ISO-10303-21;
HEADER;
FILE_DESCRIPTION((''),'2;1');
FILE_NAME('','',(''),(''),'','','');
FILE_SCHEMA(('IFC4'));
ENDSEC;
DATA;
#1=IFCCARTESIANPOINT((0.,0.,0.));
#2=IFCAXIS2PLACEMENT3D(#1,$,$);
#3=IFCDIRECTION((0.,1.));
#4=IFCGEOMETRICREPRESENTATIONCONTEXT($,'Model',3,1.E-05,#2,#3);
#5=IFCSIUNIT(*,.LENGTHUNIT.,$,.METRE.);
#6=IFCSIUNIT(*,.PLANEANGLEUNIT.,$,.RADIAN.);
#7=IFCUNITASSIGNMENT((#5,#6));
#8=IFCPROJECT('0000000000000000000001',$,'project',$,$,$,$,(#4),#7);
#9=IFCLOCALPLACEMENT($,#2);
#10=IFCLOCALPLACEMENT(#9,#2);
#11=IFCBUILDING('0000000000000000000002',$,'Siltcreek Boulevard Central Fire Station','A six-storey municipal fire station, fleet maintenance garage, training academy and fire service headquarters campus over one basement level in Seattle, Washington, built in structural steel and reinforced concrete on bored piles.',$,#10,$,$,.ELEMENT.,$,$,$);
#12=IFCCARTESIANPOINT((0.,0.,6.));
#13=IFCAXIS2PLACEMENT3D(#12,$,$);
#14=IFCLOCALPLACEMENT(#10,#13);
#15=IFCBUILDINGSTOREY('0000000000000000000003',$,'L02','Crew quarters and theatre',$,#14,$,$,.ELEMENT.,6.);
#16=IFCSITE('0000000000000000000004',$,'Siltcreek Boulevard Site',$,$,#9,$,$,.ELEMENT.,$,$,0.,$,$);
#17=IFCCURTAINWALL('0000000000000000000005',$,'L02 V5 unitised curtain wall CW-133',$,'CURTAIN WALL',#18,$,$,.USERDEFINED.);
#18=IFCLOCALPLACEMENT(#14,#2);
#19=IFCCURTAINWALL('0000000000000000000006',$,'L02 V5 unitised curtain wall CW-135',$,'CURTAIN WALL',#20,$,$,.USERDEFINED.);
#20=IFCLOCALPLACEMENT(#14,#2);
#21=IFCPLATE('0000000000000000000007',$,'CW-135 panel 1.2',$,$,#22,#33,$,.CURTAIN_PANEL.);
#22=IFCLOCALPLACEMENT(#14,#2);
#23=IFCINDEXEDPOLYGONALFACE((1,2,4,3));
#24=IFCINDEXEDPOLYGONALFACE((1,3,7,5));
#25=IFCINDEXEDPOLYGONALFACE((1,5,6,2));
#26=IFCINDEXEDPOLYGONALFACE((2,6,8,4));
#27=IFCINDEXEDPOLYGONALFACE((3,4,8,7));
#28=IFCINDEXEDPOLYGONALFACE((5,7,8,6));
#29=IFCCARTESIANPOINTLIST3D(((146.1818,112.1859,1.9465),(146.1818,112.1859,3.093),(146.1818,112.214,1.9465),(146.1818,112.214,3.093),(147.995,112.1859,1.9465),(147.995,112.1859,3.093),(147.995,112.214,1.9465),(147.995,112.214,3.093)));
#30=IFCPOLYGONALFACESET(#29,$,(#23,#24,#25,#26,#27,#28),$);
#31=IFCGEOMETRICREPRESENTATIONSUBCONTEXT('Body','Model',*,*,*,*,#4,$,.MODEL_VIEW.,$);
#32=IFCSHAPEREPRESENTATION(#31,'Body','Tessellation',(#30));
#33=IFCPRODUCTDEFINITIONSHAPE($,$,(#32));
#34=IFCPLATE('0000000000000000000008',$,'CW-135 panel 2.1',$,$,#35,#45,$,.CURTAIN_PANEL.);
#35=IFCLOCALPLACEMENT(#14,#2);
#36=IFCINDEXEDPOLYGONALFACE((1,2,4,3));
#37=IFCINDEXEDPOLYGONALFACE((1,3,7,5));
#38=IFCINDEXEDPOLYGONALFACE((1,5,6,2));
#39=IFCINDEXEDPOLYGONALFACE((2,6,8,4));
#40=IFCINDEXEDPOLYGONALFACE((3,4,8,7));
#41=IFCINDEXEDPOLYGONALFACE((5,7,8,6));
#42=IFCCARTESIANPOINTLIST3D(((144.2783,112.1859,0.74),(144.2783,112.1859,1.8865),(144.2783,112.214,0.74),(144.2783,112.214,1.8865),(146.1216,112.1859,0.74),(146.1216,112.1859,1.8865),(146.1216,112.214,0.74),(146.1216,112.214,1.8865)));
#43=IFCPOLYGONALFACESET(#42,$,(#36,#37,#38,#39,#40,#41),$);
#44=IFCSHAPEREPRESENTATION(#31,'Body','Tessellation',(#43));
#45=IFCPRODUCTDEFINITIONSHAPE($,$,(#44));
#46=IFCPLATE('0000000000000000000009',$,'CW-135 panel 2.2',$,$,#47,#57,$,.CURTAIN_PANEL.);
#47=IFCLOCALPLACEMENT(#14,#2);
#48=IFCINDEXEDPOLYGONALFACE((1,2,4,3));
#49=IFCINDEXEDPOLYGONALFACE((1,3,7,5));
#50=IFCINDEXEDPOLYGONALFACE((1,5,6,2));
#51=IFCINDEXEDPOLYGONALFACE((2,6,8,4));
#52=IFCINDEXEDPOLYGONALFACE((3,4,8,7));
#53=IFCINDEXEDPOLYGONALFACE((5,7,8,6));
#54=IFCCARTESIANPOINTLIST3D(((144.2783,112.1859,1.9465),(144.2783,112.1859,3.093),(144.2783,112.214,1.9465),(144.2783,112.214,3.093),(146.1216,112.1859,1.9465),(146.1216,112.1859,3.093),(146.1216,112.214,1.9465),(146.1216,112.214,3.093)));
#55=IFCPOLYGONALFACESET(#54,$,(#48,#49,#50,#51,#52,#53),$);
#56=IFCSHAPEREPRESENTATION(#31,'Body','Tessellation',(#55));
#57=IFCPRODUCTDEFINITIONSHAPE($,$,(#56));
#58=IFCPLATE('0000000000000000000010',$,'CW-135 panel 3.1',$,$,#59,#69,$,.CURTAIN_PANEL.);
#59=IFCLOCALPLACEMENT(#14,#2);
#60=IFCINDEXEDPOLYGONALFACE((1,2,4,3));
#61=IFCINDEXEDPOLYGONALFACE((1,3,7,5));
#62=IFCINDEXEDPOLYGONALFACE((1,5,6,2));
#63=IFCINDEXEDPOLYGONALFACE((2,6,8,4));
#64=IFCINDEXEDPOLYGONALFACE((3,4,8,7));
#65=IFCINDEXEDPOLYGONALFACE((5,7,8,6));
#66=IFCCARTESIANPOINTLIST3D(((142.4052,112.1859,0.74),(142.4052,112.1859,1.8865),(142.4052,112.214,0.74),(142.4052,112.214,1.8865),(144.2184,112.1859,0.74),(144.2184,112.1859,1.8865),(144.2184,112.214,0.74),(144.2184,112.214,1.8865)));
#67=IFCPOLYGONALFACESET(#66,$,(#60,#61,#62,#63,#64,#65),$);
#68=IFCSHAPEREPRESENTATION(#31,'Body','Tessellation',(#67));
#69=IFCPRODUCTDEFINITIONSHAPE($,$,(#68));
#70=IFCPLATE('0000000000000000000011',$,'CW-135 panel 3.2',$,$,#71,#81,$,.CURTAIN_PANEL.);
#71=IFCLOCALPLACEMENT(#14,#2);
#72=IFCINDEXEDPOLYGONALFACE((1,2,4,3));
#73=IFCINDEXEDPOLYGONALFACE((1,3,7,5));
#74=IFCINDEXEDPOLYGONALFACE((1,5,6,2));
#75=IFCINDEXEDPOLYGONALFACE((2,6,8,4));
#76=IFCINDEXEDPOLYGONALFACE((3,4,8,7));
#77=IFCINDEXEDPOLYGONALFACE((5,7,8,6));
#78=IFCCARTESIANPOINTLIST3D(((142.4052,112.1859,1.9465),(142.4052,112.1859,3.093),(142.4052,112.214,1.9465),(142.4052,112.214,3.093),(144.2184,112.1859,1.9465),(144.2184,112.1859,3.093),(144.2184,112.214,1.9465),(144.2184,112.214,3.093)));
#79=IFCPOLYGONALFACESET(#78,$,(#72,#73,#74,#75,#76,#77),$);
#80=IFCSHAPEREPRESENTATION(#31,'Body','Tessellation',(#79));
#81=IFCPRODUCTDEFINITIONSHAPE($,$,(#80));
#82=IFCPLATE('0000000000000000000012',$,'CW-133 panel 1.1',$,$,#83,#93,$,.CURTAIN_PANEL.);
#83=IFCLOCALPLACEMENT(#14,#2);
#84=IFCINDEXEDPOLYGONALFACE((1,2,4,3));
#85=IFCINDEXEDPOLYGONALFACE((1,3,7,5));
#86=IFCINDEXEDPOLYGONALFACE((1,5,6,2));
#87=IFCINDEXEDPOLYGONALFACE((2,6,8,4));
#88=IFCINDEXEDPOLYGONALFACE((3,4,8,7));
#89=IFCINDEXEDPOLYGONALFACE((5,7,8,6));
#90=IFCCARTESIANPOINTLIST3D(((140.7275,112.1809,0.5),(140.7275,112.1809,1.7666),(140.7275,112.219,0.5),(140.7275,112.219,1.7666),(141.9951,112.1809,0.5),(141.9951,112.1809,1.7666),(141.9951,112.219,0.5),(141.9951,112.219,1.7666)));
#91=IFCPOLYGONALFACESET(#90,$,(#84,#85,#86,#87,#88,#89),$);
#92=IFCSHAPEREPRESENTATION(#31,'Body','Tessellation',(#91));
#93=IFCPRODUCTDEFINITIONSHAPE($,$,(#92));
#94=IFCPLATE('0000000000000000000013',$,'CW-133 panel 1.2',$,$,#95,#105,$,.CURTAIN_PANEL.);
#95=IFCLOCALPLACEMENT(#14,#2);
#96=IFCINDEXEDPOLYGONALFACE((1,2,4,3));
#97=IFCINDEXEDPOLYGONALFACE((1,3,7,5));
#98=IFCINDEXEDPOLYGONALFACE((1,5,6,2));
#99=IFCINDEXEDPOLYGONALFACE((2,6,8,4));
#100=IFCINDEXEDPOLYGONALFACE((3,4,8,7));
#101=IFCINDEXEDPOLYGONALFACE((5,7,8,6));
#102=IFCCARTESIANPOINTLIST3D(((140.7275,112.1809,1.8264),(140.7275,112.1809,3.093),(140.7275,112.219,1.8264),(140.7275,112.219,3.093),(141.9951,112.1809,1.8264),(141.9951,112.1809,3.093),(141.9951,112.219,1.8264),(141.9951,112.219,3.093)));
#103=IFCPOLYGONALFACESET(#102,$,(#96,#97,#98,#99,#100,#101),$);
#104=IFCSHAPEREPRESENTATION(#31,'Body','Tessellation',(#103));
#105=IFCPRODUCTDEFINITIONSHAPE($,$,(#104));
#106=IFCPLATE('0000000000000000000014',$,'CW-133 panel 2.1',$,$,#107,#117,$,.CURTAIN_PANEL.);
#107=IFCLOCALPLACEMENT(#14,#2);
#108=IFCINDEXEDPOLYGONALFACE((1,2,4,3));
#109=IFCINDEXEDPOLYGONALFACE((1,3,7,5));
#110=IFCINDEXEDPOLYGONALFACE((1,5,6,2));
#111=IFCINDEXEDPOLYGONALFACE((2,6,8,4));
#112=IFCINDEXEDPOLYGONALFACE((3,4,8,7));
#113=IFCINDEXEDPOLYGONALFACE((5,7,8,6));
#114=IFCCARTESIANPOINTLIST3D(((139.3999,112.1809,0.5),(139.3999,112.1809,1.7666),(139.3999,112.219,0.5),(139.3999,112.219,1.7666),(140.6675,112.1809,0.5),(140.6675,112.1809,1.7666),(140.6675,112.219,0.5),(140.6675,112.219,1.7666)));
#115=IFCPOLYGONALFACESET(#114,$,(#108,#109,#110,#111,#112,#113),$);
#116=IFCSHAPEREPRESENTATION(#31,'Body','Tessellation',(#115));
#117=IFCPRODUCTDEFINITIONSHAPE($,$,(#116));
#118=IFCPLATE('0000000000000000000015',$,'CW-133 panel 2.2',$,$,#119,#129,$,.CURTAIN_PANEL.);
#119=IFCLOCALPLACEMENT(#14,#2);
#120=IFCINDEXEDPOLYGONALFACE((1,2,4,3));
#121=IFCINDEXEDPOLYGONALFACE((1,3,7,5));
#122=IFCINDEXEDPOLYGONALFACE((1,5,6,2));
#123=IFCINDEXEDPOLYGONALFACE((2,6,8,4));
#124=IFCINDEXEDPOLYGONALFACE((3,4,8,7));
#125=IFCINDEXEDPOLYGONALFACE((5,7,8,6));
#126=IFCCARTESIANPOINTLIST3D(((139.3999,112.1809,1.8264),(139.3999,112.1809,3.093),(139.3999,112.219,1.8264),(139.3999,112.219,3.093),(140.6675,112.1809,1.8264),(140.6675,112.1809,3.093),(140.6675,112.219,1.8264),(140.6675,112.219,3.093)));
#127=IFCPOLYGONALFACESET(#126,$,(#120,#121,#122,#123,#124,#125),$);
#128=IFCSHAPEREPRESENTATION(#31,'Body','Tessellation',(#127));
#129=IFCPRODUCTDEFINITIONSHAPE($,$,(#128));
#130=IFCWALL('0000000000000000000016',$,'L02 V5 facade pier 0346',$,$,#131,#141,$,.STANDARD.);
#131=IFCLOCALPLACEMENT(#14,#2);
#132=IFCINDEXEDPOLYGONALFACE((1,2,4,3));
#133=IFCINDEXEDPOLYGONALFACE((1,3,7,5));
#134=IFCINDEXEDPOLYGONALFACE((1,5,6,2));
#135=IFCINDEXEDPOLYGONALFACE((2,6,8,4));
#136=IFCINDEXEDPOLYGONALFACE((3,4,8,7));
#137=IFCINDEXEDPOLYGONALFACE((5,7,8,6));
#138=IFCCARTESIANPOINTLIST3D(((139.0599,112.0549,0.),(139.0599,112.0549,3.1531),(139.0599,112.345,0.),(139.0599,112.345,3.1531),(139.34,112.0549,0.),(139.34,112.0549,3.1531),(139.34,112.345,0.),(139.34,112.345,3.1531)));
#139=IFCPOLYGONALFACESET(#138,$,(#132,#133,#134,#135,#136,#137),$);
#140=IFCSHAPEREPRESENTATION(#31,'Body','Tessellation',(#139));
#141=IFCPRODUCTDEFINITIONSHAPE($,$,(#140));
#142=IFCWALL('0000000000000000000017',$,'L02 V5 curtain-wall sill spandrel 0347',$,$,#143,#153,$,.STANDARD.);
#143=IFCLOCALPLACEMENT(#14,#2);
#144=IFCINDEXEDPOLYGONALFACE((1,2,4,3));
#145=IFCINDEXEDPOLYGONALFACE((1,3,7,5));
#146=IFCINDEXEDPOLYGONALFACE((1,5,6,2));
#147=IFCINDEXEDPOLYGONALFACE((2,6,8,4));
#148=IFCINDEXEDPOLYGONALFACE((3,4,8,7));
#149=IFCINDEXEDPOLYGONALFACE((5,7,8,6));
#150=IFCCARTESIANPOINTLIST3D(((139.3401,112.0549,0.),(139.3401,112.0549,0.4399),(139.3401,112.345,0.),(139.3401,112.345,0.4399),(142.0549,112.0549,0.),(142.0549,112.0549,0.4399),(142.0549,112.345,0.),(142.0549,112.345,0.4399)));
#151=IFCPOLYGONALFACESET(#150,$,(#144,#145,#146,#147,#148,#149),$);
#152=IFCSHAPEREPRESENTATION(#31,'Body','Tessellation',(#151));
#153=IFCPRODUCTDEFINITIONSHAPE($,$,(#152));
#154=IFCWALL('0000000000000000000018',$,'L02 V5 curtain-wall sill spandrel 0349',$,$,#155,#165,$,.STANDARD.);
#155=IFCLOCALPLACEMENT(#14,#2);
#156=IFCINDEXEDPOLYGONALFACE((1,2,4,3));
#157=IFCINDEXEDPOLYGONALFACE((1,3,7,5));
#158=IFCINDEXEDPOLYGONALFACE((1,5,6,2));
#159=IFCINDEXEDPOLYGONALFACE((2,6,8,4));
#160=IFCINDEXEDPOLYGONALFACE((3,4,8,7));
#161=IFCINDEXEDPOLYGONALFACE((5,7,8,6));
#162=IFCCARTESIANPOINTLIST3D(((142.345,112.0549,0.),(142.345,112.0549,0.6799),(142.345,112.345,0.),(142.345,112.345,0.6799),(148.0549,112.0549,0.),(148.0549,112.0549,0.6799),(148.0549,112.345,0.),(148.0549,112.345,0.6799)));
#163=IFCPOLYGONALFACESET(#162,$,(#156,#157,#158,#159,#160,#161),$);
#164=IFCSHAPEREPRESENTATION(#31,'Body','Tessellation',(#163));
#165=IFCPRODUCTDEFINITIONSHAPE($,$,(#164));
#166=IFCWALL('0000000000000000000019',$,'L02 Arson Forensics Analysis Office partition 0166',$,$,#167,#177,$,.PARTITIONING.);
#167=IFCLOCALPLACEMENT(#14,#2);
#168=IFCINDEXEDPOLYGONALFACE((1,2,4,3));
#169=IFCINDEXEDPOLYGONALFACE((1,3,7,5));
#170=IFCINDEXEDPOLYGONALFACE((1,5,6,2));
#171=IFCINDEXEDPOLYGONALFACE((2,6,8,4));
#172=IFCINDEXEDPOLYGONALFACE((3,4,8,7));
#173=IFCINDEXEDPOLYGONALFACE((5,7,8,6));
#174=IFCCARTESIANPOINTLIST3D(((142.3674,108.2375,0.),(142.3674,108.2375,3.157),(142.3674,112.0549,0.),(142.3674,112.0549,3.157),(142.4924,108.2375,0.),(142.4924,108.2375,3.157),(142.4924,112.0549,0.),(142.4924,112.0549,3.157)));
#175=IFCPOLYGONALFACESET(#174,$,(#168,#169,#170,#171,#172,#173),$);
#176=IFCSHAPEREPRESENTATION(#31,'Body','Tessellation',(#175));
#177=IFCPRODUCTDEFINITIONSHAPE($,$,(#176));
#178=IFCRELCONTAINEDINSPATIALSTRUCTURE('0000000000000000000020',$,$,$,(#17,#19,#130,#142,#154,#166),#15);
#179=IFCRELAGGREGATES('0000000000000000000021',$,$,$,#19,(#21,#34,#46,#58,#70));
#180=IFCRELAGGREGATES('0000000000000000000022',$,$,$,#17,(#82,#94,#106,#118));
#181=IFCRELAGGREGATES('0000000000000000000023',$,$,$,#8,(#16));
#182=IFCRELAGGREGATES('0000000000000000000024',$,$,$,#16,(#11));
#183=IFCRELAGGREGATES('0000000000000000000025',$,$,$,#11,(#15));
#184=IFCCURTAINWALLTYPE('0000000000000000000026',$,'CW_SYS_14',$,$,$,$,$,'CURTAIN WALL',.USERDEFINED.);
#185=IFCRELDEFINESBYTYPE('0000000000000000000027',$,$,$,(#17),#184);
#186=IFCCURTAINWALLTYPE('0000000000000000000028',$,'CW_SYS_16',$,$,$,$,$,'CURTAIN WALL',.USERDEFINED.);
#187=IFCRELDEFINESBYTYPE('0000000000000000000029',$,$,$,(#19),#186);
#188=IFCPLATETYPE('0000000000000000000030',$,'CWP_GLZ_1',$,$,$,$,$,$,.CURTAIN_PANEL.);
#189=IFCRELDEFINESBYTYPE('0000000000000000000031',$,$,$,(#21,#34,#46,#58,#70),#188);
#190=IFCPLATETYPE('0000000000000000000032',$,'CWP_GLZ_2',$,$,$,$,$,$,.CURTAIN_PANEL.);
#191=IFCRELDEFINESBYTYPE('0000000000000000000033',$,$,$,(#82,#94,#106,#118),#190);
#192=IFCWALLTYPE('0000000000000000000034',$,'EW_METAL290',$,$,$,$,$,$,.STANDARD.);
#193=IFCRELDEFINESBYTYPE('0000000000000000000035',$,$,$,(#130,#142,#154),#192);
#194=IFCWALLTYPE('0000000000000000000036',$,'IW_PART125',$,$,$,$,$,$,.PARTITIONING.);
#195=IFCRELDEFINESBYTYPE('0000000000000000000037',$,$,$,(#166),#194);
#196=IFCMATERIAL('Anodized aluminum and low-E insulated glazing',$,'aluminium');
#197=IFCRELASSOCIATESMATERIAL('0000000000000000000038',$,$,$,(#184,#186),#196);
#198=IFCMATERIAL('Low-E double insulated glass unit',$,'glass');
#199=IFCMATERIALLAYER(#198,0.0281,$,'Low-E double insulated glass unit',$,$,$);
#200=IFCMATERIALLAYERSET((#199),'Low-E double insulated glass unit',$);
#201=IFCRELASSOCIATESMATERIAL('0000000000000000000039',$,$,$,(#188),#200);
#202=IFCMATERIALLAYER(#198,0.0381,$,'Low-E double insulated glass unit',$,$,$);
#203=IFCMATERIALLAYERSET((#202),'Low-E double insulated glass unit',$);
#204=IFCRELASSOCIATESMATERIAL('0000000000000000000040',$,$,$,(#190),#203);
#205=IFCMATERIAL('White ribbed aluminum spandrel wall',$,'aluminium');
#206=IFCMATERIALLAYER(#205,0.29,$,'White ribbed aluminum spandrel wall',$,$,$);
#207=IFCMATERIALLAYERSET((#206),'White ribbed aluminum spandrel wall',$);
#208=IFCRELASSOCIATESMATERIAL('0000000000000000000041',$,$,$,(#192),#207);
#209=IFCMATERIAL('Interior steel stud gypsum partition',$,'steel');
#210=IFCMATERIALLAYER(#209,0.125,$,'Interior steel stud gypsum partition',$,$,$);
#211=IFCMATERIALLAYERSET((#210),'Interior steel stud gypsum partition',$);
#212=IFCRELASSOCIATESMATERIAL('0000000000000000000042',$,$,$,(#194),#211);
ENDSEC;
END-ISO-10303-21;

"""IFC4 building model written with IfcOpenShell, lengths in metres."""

from ifc_helpers import new_model, si_unit, direction, frame, frame_2d, origin, origin_2d, place, context, subcontext, project, spatial, rectangle, extrude, material, layer, layer_set, type_object, element, aggregate, save


model = new_model("IFC4")

# Units and contexts
model_context = context("Model", 3, precision=1e-05, world=origin(), true_north=direction((0.0, 1.0)))
body_context = subcontext(model_context, "Body", "Model", "MODEL_VIEW")
ifc_project = project(units=[si_unit("LENGTHUNIT", "METRE"), si_unit("PLANEANGLEUNIT", "RADIAN")], contexts=[model_context])

# Site, building, storey
site_placement = place(None, origin())
site = spatial("IfcSite", under=ifc_project, at=site_placement, Name="Siltcreek Boulevard Site", CompositionType="ELEMENT", RefElevation=0.0)
building_placement = place(site_placement, origin())
building = spatial("IfcBuilding", under=site, at=building_placement, Name="Siltcreek Boulevard Central Fire Station", Description="A six-storey municipal fire station, fleet maintenance garage, training academy and fire service headquarters campus over one basement level in Seattle, Washington, built in structural steel and reinforced concrete on bored piles.", CompositionType="ELEMENT")
storey_placement = place(building_placement, frame((0.0, 0.0, 6.0)))
storey = spatial("IfcBuildingStorey", under=building, at=storey_placement, Name="L02", Description="Crew quarters and theatre", CompositionType="ELEMENT", Elevation=6.0)

# Curtain walls
ifc_material_1 = material(Name="Anodized aluminum and low-E insulated glazing", Category="aluminium")
curtain_wall_type_1 = type_object("IfcCurtainWallType", Name="CW_SYS_14", ElementType="CURTAIN WALL", PredefinedType="USERDEFINED", material=ifc_material_1)
curtain_wall_1_placement = place(storey_placement, origin())
curtain_wall_1 = element("IfcCurtainWall", 1, at=curtain_wall_1_placement, inside=storey, type_object=curtain_wall_type_1, Name="L02 V5 unitised curtain wall CW-133", ObjectType="CURTAIN WALL", PredefinedType="USERDEFINED")
curtain_wall_type_2 = type_object("IfcCurtainWallType", Name="CW_SYS_16", ElementType="CURTAIN WALL", PredefinedType="USERDEFINED", material=ifc_material_1)
curtain_wall_2_placement = place(storey_placement, origin())
curtain_wall_2 = element("IfcCurtainWall", 2, at=curtain_wall_2_placement, inside=storey, type_object=curtain_wall_type_2, Name="L02 V5 unitised curtain wall CW-135", ObjectType="CURTAIN WALL", PredefinedType="USERDEFINED")

# Plates
ifc_material_2 = material(Name="Low-E double insulated glass unit", Category="glass")
ifc_layer_1 = layer(ifc_material_2, 0.0281, Name="Low-E double insulated glass unit")
ifc_layer_set_1 = layer_set([ifc_layer_1], Name="Low-E double insulated glass unit")
plate_type_1 = type_object("IfcPlateType", Name="CWP_GLZ_1", PredefinedType="CURTAIN_PANEL", material=ifc_layer_set_1)
plate_1_placement = place(storey_placement, frame((147.0884, 112.2, 1.9465), z_axis=(0.0, 0.0, 1.0), x_axis=(-1.0, 0.0, 0.0)))
plate_1 = element("IfcPlate", 3, at=plate_1_placement, type_object=plate_type_1, Name="CW-135 panel 1.2", PredefinedType="CURTAIN_PANEL", context=body_context, shape_type="SweptSolid", body=[
    extrude(rectangle(XDim=1.8132, YDim=0.0281, at=origin_2d()), origin(), (0.0, 0.0, 1.0), 1.1465),
])
plate_2_placement = place(storey_placement, frame((145.2, 112.2, 0.74), z_axis=(0.0, 0.0, 1.0), x_axis=(-1.0, 0.0, 0.0)))
plate_2 = element("IfcPlate", 4, at=plate_2_placement, type_object=plate_type_1, Name="CW-135 panel 2.1", PredefinedType="CURTAIN_PANEL", context=body_context, shape_type="SweptSolid", body=[
    extrude(rectangle(XDim=1.8433, YDim=0.0281, at=origin_2d()), origin(), (0.0, 0.0, 1.0), 1.1465),
])
plate_3_placement = place(storey_placement, frame((145.2, 112.2, 1.9465), z_axis=(0.0, 0.0, 1.0), x_axis=(-1.0, 0.0, 0.0)))
plate_3 = element("IfcPlate", 5, at=plate_3_placement, type_object=plate_type_1, Name="CW-135 panel 2.2", PredefinedType="CURTAIN_PANEL", context=body_context, shape_type="SweptSolid", body=[
    extrude(rectangle(XDim=1.8433, YDim=0.0281, at=origin_2d()), origin(), (0.0, 0.0, 1.0), 1.1465),
])
plate_4_placement = place(storey_placement, frame((143.3118, 112.2, 0.74), z_axis=(0.0, 0.0, 1.0), x_axis=(-1.0, 0.0, 0.0)))
plate_4 = element("IfcPlate", 6, at=plate_4_placement, type_object=plate_type_1, Name="CW-135 panel 3.1", PredefinedType="CURTAIN_PANEL", context=body_context, shape_type="SweptSolid", body=[
    extrude(rectangle(XDim=1.8132, YDim=0.0281, at=origin_2d()), origin(), (0.0, 0.0, 1.0), 1.1465),
])
plate_5_placement = place(storey_placement, frame((143.3118, 112.2, 1.9465), z_axis=(0.0, 0.0, 1.0), x_axis=(-1.0, 0.0, 0.0)))
plate_5 = element("IfcPlate", 7, at=plate_5_placement, type_object=plate_type_1, Name="CW-135 panel 3.2", PredefinedType="CURTAIN_PANEL", context=body_context, shape_type="SweptSolid", body=[
    extrude(rectangle(XDim=1.8132, YDim=0.0281, at=origin_2d()), origin(), (0.0, 0.0, 1.0), 1.1465),
])
aggregate(curtain_wall_2, [plate_1, plate_2, plate_3, plate_4, plate_5])
ifc_layer_2 = layer(ifc_material_2, 0.0381, Name="Low-E double insulated glass unit")
ifc_layer_set_2 = layer_set([ifc_layer_2], Name="Low-E double insulated glass unit")
plate_type_2 = type_object("IfcPlateType", Name="CWP_GLZ_2", PredefinedType="CURTAIN_PANEL", material=ifc_layer_set_2)
plate_6_placement = place(storey_placement, frame((141.3613, 112.2, 0.5), z_axis=(0.0, 0.0, 1.0), x_axis=(-1.0, 0.0, 0.0)))
plate_6 = element("IfcPlate", 8, at=plate_6_placement, type_object=plate_type_2, Name="CW-133 panel 1.1", PredefinedType="CURTAIN_PANEL", context=body_context, shape_type="SweptSolid", body=[
    extrude(rectangle(XDim=1.2676, YDim=0.0381, at=origin_2d()), origin(), (0.0, 0.0, 1.0), 1.2666),
])
plate_7_placement = place(storey_placement, frame((141.3613, 112.2, 1.8264), z_axis=(0.0, 0.0, 1.0), x_axis=(-1.0, 0.0, 0.0)))
plate_7 = element("IfcPlate", 9, at=plate_7_placement, type_object=plate_type_2, Name="CW-133 panel 1.2", PredefinedType="CURTAIN_PANEL", context=body_context, shape_type="SweptSolid", body=[
    extrude(rectangle(XDim=1.2676, YDim=0.0381, at=origin_2d()), origin(), (0.0, 0.0, 1.0), 1.2666),
])
plate_8_placement = place(storey_placement, frame((140.0337, 112.2, 0.5), z_axis=(0.0, 0.0, 1.0), x_axis=(-1.0, 0.0, 0.0)))
plate_8 = element("IfcPlate", 10, at=plate_8_placement, type_object=plate_type_2, Name="CW-133 panel 2.1", PredefinedType="CURTAIN_PANEL", context=body_context, shape_type="SweptSolid", body=[
    extrude(rectangle(XDim=1.2676, YDim=0.0381, at=origin_2d()), origin(), (0.0, 0.0, 1.0), 1.2666),
])
plate_9_placement = place(storey_placement, frame((140.0337, 112.2, 1.8264), z_axis=(0.0, 0.0, 1.0), x_axis=(-1.0, 0.0, 0.0)))
plate_9 = element("IfcPlate", 11, at=plate_9_placement, type_object=plate_type_2, Name="CW-133 panel 2.2", PredefinedType="CURTAIN_PANEL", context=body_context, shape_type="SweptSolid", body=[
    extrude(rectangle(XDim=1.2676, YDim=0.0381, at=origin_2d()), origin(), (0.0, 0.0, 1.0), 1.2666),
])
aggregate(curtain_wall_1, [plate_6, plate_7, plate_8, plate_9])

# Walls
ifc_material_3 = material(Name="White ribbed aluminum spandrel wall", Category="aluminium")
ifc_layer_3 = layer(ifc_material_3, 0.29, Name="White ribbed aluminum spandrel wall")
ifc_layer_set_3 = layer_set([ifc_layer_3], Name="White ribbed aluminum spandrel wall")
wall_type_1 = type_object("IfcWallType", Name="EW_METAL290", PredefinedType="STANDARD", material=ifc_layer_set_3)
wall_1_placement = place(storey_placement, frame((139.3401, 112.2, 0.0), z_axis=(0.0, 0.0, 1.0), x_axis=(-1.0, 0.0, 0.0)))
element("IfcWall", 12, at=wall_1_placement, inside=storey, type_object=wall_type_1, Name="L02 V5 facade pier 0346", PredefinedType="STANDARD", context=body_context, shape_type="SweptSolid", body=[
    extrude(rectangle(XDim=0.28, YDim=0.29, at=frame_2d((0.1401, 0.0))), origin(), (0.0, 0.0, 1.0), 3.1531),
])
wall_2_placement = place(storey_placement, frame((142.0549, 112.2, 0.0), z_axis=(0.0, 0.0, 1.0), x_axis=(-1.0, 0.0, 0.0)))
element("IfcWall", 13, at=wall_2_placement, inside=storey, type_object=wall_type_1, Name="L02 V5 curtain-wall sill spandrel 0347", PredefinedType="STANDARD", context=body_context, shape_type="SweptSolid", body=[
    extrude(rectangle(XDim=2.7148, YDim=0.29, at=frame_2d((1.3574, 0.0))), origin(), (0.0, 0.0, 1.0), 0.4399),
])
wall_3_placement = place(storey_placement, frame((148.0549, 112.2, 0.0), z_axis=(0.0, 0.0, 1.0), x_axis=(-1.0, 0.0, 0.0)))
element("IfcWall", 14, at=wall_3_placement, inside=storey, type_object=wall_type_1, Name="L02 V5 curtain-wall sill spandrel 0349", PredefinedType="STANDARD", context=body_context, shape_type="SweptSolid", body=[
    extrude(rectangle(XDim=5.71, YDim=0.29, at=frame_2d((2.855, 0.0))), origin(), (0.0, 0.0, 1.0), 0.6799),
])
ifc_material_4 = material(Name="Interior steel stud gypsum partition", Category="steel")
ifc_layer_4 = layer(ifc_material_4, 0.125, Name="Interior steel stud gypsum partition")
ifc_layer_set_4 = layer_set([ifc_layer_4], Name="Interior steel stud gypsum partition")
wall_type_2 = type_object("IfcWallType", Name="IW_PART125", PredefinedType="PARTITIONING", material=ifc_layer_set_4)
wall_4_placement = place(storey_placement, frame((142.4299, 112.0549, 0.0), z_axis=(0.0, 0.0, 1.0), x_axis=(0.0, -1.0, 0.0)))
element("IfcWall", 15, at=wall_4_placement, inside=storey, type_object=wall_type_2, Name="L02 Arson Forensics Analysis Office partition 0166", PredefinedType="PARTITIONING", context=body_context, shape_type="SweptSolid", body=[
    extrude(rectangle(XDim=3.8174, YDim=0.125, at=frame_2d((1.9087, 0.0))), origin(), (0.0, 0.0, 1.0), 3.157),
])

save(model, "model.ifc")
